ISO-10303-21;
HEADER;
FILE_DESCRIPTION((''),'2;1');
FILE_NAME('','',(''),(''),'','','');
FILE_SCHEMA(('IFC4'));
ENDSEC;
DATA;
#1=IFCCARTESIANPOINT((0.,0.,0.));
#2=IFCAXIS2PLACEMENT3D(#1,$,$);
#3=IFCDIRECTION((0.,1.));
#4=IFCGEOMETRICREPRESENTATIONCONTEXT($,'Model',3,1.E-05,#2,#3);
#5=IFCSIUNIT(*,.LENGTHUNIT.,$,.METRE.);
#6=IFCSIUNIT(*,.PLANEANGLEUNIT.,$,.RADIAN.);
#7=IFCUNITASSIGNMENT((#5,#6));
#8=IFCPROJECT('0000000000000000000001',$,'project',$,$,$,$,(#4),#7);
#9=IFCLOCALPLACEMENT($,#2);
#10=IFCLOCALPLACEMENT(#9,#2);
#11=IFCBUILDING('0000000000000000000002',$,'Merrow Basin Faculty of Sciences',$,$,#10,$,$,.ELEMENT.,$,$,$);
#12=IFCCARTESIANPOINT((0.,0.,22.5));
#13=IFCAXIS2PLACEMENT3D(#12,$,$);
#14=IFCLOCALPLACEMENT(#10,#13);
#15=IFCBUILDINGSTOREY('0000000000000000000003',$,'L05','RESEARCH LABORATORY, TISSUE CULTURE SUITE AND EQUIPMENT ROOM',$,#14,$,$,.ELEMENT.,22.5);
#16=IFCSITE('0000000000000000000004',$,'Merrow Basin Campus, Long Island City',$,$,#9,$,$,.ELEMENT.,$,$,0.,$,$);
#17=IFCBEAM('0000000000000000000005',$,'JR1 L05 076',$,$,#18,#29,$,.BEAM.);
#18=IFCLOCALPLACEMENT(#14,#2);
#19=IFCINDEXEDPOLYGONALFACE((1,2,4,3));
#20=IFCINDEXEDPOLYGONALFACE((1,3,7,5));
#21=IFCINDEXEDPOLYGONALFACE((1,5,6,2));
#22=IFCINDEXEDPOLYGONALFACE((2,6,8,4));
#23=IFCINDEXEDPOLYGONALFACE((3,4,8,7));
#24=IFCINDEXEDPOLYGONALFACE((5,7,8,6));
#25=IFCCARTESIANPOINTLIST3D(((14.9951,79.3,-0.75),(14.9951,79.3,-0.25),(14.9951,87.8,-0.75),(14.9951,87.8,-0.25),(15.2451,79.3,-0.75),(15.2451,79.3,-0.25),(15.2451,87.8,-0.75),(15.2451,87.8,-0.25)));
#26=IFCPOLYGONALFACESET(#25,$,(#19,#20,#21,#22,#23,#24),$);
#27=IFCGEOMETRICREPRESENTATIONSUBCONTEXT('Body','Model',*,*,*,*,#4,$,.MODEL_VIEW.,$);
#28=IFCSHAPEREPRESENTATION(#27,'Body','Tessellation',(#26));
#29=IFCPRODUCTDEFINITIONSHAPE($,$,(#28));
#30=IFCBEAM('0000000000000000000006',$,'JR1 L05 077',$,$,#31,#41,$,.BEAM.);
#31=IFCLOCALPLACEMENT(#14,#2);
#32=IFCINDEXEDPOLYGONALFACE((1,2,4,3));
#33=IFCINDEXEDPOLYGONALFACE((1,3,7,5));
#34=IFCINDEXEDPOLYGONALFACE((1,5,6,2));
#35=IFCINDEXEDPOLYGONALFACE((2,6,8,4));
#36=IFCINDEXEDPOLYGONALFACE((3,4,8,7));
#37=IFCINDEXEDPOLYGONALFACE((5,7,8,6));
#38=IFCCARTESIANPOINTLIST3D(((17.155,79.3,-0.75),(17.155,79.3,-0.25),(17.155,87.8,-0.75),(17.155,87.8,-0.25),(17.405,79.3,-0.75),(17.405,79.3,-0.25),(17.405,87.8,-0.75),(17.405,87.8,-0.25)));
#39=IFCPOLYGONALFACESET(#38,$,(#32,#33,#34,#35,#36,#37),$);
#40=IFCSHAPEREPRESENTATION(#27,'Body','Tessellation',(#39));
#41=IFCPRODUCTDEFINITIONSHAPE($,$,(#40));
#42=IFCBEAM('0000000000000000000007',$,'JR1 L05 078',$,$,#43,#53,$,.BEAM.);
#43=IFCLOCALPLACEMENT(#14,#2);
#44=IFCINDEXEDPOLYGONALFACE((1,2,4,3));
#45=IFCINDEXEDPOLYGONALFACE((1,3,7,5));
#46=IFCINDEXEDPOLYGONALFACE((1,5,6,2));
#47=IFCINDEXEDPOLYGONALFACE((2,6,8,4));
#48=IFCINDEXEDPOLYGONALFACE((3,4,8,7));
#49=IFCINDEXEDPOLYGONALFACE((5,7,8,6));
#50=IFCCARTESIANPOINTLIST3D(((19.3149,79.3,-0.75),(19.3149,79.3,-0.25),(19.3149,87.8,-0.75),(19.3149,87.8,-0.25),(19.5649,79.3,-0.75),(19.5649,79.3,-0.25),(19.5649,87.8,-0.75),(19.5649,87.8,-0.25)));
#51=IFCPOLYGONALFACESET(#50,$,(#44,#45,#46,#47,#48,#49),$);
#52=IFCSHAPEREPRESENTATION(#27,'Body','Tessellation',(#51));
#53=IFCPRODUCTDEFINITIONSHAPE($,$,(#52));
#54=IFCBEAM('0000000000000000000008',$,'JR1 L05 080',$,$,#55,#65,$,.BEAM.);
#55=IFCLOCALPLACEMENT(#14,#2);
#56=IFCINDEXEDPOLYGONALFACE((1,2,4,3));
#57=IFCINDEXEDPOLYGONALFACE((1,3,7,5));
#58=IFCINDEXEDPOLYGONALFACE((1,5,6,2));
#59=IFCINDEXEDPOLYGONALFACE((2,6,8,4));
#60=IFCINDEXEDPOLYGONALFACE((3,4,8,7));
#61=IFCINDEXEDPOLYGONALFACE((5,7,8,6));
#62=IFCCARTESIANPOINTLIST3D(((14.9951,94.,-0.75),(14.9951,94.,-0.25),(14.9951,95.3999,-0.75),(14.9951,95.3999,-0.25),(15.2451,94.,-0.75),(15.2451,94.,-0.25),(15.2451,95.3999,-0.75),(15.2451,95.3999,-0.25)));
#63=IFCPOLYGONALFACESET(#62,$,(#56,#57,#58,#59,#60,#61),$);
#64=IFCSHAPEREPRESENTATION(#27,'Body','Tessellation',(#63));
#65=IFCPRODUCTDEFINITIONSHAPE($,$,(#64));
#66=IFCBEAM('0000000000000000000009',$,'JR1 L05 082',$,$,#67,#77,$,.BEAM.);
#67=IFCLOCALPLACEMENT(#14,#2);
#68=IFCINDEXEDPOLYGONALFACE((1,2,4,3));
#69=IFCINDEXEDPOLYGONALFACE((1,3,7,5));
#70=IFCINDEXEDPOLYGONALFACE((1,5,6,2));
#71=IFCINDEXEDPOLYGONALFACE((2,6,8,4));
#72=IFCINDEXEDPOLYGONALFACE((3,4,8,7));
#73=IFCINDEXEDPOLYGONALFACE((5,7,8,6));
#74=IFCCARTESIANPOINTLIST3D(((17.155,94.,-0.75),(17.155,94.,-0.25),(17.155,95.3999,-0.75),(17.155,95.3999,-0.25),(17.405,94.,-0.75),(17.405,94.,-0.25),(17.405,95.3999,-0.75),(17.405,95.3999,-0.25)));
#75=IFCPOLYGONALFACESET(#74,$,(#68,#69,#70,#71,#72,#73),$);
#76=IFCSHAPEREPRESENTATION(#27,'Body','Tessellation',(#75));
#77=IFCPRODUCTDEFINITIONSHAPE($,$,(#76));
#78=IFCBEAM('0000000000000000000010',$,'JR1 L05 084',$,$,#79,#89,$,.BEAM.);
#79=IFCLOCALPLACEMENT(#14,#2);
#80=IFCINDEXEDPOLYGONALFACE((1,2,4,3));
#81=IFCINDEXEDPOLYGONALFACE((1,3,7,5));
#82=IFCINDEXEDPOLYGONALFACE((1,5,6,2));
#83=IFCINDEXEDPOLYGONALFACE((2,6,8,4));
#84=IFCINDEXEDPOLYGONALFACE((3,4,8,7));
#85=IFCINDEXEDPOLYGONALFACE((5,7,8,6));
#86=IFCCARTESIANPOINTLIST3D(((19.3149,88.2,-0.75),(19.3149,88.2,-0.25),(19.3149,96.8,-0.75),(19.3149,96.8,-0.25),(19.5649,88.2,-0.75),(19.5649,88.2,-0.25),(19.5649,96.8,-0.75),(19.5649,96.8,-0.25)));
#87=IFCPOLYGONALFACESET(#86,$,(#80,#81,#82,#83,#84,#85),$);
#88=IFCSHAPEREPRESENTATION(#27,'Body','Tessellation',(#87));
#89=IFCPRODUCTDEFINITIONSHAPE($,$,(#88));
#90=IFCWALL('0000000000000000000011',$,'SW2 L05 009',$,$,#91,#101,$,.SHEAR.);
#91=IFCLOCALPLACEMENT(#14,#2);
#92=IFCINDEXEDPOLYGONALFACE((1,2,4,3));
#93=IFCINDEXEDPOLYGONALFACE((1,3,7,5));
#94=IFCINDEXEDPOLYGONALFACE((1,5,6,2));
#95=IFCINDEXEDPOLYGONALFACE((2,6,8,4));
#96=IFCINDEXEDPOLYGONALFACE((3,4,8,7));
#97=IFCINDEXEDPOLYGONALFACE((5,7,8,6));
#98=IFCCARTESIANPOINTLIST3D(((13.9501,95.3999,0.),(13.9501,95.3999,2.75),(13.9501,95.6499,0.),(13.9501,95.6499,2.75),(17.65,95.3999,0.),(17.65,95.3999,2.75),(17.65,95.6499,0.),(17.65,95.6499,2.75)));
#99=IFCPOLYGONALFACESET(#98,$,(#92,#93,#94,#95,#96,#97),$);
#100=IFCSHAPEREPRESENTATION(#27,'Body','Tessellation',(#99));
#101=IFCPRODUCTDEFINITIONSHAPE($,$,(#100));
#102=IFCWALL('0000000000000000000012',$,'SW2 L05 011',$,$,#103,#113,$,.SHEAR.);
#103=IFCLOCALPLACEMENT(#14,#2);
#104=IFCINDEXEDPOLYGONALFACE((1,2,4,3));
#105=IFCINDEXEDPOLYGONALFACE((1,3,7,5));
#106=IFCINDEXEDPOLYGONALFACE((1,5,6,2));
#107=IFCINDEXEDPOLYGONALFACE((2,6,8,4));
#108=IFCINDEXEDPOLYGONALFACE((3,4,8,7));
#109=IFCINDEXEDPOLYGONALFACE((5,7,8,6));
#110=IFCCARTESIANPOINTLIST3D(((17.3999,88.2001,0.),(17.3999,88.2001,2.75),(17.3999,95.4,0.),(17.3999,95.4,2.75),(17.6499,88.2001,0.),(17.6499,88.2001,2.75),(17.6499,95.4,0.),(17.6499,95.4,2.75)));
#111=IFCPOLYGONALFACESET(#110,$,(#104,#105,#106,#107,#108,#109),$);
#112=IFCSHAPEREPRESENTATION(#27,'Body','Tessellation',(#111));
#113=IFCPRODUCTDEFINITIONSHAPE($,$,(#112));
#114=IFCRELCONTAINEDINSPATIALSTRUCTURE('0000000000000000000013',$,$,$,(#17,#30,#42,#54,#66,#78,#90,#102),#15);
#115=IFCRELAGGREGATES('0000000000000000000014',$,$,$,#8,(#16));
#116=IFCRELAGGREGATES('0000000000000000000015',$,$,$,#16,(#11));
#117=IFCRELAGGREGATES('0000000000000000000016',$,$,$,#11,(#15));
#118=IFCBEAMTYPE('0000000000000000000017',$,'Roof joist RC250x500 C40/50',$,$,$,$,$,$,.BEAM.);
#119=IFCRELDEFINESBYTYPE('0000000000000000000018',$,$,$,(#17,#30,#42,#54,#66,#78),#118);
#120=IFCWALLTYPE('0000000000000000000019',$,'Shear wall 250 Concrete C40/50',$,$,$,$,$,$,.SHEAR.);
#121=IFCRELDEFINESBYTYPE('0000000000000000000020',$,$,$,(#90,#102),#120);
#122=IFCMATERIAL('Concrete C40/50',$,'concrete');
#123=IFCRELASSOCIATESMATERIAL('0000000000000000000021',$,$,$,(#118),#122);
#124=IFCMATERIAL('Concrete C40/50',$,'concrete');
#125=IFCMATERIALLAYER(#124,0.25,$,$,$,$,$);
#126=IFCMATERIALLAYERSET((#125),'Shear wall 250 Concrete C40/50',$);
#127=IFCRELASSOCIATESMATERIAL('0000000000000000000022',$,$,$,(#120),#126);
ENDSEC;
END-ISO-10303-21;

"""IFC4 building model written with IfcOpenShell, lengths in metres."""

from ifc_helpers import new_model, si_unit, direction, frame, frame_2d, origin, origin_2d, place, context, subcontext, project, spatial, rectangle, extrude, material, layer, layer_set, material_profile, profile_set, type_object, element, save


model = new_model("IFC4")

# Units and contexts
model_context = context("Model", 3, precision=1e-05, world=origin(), true_north=direction((0.0, 1.0)))
body_context = subcontext(model_context, "Body", "Model", "MODEL_VIEW")
ifc_project = project(units=[si_unit("LENGTHUNIT", "METRE"), si_unit("PLANEANGLEUNIT", "RADIAN")], contexts=[model_context])

# Site, building, storey
site_placement = place(None, origin())
site = spatial("IfcSite", under=ifc_project, at=site_placement, Name="Merrow Basin Campus, Long Island City", CompositionType="ELEMENT", RefElevation=0.0)
building_placement = place(site_placement, origin())
building = spatial("IfcBuilding", under=site, at=building_placement, Name="Merrow Basin Faculty of Sciences", CompositionType="ELEMENT")
storey_placement = place(building_placement, frame((0.0, 0.0, 22.5)))
storey = spatial("IfcBuildingStorey", under=building, at=storey_placement, Name="L05", Description="RESEARCH LABORATORY, TISSUE CULTURE SUITE AND EQUIPMENT ROOM", CompositionType="ELEMENT", Elevation=22.5)

# Beams
ifc_material_1 = material(Name="Concrete C40/50", Category="concrete")
ifc_material_profile = material_profile(ifc_material_1, rectangle(XDim=0.25, YDim=0.5, at=origin_2d()))
ifc_profile_set = profile_set([ifc_material_profile], Name="Concrete C40/50")
beam_type = type_object("IfcBeamType", Name="Roof joist RC250x500 C40/50", PredefinedType="BEAM", material=ifc_profile_set)
for number, where, z_axis, x_axis, name in (
    (1, (15.1201, 79.3, -0.5), (0.0, 1.0, 0.0), (-1.0, 0.0, 0.0), "JR1 L05 076"),
    (2, (17.28, 79.3, -0.5), (0.0, 1.0, 0.0), (-1.0, 0.0, 0.0), "JR1 L05 077"),
    (3, (19.4399, 79.3, -0.5), (0.0, 1.0, 0.0), (-1.0, 0.0, 0.0), "JR1 L05 078"),
):
    element("IfcBeam", number, at=place(storey_placement, frame(where, z_axis=z_axis, x_axis=x_axis)), inside=storey, type_object=beam_type, Name=name, PredefinedType="BEAM", context=body_context, shape_type="SweptSolid", body=[
        extrude(rectangle(XDim=0.25, YDim=0.5, at=origin_2d()), origin(), (0.0, 0.0, 1.0), 8.5),
    ])
for number, where, z_axis, x_axis, name in (
    (4, (15.1201, 94.0, -0.5), (0.0, 1.0, 0.0), (-1.0, 0.0, 0.0), "JR1 L05 080"),
    (5, (17.28, 94.0, -0.5), (0.0, 1.0, 0.0), (-1.0, 0.0, 0.0), "JR1 L05 082"),
):
    element("IfcBeam", number, at=place(storey_placement, frame(where, z_axis=z_axis, x_axis=x_axis)), inside=storey, type_object=beam_type, Name=name, PredefinedType="BEAM", context=body_context, shape_type="SweptSolid", body=[
        extrude(rectangle(XDim=0.25, YDim=0.5, at=origin_2d()), origin(), (0.0, 0.0, 1.0), 1.3999),
    ])
beam_placement = place(storey_placement, frame((19.4399, 88.2, -0.5), z_axis=(0.0, 1.0, 0.0), x_axis=(-1.0, 0.0, 0.0)))
element("IfcBeam", 6, at=beam_placement, inside=storey, type_object=beam_type, Name="JR1 L05 084", PredefinedType="BEAM", context=body_context, shape_type="SweptSolid", body=[
    extrude(rectangle(XDim=0.25, YDim=0.5, at=origin_2d()), origin(), (0.0, 0.0, 1.0), 8.6001),
])

# Walls
ifc_material_2 = material(Name="Concrete C40/50", Category="concrete")
ifc_layer_1 = layer(ifc_material_2, 0.25)
ifc_layer_set_1 = layer_set([ifc_layer_1], Name="Shear wall 250 Concrete C40/50")
wall_type = type_object("IfcWallType", Name="Shear wall 250 Concrete C40/50", PredefinedType="SHEAR", material=ifc_layer_set_1)
wall_1_placement = place(storey_placement, frame((13.95, 95.5249, 0.0), z_axis=(0.0, 0.0, 1.0), x_axis=(1.0, 0.0, 0.0)))
element("IfcWall", 7, at=wall_1_placement, inside=storey, type_object=wall_type, Name="SW2 L05 009", PredefinedType="SHEAR", context=body_context, shape_type="SweptSolid", body=[
    extrude(rectangle(XDim=3.7, YDim=0.25, at=frame_2d((1.8501, 0.0))), origin(), (0.0, 0.0, 1.0), 2.75),
])
wall_2_placement = place(storey_placement, frame((17.5249, 88.2, 0.0), z_axis=(0.0, 0.0, 1.0), x_axis=(0.0, 1.0, 0.0)))
element("IfcWall", 8, at=wall_2_placement, inside=storey, type_object=wall_type, Name="SW2 L05 011", PredefinedType="SHEAR", context=body_context, shape_type="SweptSolid", body=[
    extrude(rectangle(XDim=7.2, YDim=0.25, at=frame_2d((3.6001, 0.0))), origin(), (0.0, 0.0, 1.0), 2.75),
])

save(model, "model.ifc")
